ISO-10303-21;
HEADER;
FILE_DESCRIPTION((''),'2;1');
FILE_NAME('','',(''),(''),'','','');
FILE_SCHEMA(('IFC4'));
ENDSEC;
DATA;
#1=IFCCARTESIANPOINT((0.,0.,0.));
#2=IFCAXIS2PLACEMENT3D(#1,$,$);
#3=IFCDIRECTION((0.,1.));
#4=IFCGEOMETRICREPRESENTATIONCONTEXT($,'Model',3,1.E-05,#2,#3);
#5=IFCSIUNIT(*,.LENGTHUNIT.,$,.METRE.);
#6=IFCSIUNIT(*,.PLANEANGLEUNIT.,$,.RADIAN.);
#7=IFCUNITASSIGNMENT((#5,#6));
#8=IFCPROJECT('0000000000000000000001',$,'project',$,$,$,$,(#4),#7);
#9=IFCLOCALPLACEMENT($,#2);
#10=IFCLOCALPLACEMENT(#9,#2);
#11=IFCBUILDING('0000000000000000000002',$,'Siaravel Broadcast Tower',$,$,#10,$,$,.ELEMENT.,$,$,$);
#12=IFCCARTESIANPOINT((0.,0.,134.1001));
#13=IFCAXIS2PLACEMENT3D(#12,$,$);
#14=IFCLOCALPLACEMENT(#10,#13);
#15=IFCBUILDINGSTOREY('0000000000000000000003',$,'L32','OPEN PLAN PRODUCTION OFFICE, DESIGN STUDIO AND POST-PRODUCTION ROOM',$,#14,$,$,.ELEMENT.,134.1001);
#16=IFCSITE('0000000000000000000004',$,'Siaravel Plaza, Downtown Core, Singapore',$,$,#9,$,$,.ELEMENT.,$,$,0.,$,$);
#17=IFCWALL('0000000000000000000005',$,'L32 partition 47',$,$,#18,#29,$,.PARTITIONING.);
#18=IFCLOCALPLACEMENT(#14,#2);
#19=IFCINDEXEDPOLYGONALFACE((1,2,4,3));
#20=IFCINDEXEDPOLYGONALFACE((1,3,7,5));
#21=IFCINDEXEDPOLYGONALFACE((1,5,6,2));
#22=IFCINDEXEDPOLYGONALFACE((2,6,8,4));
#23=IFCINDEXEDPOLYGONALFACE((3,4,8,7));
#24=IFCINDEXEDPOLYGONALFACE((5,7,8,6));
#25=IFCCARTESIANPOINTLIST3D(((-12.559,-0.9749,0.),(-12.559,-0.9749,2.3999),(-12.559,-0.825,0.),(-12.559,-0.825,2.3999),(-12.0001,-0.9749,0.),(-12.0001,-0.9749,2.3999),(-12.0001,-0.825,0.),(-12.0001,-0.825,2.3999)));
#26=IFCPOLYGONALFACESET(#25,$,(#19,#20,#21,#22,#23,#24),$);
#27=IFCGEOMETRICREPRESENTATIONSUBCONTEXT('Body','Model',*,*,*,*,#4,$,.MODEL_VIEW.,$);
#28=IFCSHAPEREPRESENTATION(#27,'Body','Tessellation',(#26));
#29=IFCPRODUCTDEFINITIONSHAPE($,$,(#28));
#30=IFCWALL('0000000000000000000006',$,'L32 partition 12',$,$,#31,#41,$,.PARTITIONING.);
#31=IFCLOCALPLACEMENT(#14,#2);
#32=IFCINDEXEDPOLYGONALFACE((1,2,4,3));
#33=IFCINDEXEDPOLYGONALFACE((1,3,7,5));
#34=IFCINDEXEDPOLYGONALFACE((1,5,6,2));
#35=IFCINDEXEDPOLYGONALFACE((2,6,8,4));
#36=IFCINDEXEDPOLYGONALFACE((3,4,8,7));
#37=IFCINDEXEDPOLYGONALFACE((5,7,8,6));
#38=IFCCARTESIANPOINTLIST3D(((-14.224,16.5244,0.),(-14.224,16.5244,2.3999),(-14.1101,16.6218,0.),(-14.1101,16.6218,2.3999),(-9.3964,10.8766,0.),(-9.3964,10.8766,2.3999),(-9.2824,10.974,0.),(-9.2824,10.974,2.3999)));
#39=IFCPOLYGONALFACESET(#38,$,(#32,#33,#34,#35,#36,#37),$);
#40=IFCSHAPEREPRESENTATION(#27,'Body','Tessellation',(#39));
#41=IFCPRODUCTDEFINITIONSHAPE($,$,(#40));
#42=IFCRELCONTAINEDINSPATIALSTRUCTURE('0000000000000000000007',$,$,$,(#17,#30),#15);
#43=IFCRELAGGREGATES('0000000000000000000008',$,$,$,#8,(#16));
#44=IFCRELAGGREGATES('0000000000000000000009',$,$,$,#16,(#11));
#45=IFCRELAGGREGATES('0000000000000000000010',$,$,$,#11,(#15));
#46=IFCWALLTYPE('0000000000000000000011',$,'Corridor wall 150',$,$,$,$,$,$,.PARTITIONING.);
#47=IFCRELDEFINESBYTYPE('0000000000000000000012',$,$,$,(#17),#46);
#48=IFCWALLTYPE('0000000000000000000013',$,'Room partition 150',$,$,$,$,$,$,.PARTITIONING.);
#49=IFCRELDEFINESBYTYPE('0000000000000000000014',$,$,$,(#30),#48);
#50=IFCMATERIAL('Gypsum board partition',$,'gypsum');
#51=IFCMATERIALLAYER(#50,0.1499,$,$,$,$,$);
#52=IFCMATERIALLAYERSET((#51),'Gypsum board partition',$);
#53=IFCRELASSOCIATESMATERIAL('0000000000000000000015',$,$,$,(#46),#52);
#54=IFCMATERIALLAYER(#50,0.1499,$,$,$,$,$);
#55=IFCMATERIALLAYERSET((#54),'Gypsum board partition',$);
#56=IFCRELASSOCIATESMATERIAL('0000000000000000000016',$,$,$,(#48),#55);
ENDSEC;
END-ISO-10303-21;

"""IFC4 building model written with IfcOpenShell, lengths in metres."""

from ifc_helpers import new_model, si_unit, direction, frame, frame_2d, origin, place, context, subcontext, project, spatial, rectangle, extrude, material, layer, layer_set, type_object, element, save


model = new_model("IFC4")

# Units and contexts
model_context = context("Model", 3, precision=1e-05, world=origin(), true_north=direction((0.0, 1.0)))
body_context = subcontext(model_context, "Body", "Model", "MODEL_VIEW")
ifc_project = project(units=[si_unit("LENGTHUNIT", "METRE"), si_unit("PLANEANGLEUNIT", "RADIAN")], contexts=[model_context])

# Site, building, storey
site_placement = place(None, origin())
site = spatial("IfcSite", under=ifc_project, at=site_placement, Name="Siaravel Plaza, Downtown Core, Singapore", CompositionType="ELEMENT", RefElevation=0.0)
building_placement = place(site_placement, origin())
building = spatial("IfcBuilding", under=site, at=building_placement, Name="Siaravel Broadcast Tower", CompositionType="ELEMENT")
storey_placement = place(building_placement, frame((0.0, 0.0, 134.1001)))
storey = spatial("IfcBuildingStorey", under=building, at=storey_placement, Name="L32", Description="OPEN PLAN PRODUCTION OFFICE, DESIGN STUDIO AND POST-PRODUCTION ROOM", CompositionType="ELEMENT", Elevation=134.1001)

# Shared definitions
ifc_material_1 = material(Name="Gypsum board partition", Category="gypsum")
ifc_layer_1 = layer(ifc_material_1, 0.1499)
ifc_layer_set_1 = layer_set([ifc_layer_1], Name="Gypsum board partition")
wall_type_1 = type_object("IfcWallType", Name="Corridor wall 150", PredefinedType="PARTITIONING", material=ifc_layer_set_1)

# Walls
wall_1_placement = place(storey_placement, frame((-12.5588, -0.8999, 0.0), z_axis=(0.0, 0.0, 1.0), x_axis=(1.0, 0.0, 0.0)))
element("IfcWall", 1, at=wall_1_placement, inside=storey, type_object=wall_type_1, Name="L32 partition 47", PredefinedType="PARTITIONING", context=body_context, shape_type="SweptSolid", body=[
    extrude(rectangle(XDim=0.5588, YDim=0.1499, at=frame_2d((0.2793, 0.0))), origin(), (0.0, 0.0, 1.0), 2.3999),
])
ifc_layer_2 = layer(ifc_material_1, 0.1499)
ifc_layer_set_2 = layer_set([ifc_layer_2], Name="Gypsum board partition")
wall_type_2 = type_object("IfcWallType", Name="Room partition 150", PredefinedType="PARTITIONING", material=ifc_layer_set_2)
wall_2_placement = place(storey_placement, frame((-14.167, 16.573, 0.0), z_axis=(0.0, 0.0, 1.0), x_axis=(0.649762, -0.760137, 0.0)))
element("IfcWall", 2, at=wall_2_placement, inside=storey, type_object=wall_type_2, Name="L32 partition 12", PredefinedType="PARTITIONING", context=body_context, shape_type="SweptSolid", body=[
    extrude(rectangle(XDim=7.4299, YDim=0.1499, at=frame_2d((3.7148, 0.0))), origin(), (0.0, 0.0, 1.0), 2.3999),
])

save(model, "model.ifc")
